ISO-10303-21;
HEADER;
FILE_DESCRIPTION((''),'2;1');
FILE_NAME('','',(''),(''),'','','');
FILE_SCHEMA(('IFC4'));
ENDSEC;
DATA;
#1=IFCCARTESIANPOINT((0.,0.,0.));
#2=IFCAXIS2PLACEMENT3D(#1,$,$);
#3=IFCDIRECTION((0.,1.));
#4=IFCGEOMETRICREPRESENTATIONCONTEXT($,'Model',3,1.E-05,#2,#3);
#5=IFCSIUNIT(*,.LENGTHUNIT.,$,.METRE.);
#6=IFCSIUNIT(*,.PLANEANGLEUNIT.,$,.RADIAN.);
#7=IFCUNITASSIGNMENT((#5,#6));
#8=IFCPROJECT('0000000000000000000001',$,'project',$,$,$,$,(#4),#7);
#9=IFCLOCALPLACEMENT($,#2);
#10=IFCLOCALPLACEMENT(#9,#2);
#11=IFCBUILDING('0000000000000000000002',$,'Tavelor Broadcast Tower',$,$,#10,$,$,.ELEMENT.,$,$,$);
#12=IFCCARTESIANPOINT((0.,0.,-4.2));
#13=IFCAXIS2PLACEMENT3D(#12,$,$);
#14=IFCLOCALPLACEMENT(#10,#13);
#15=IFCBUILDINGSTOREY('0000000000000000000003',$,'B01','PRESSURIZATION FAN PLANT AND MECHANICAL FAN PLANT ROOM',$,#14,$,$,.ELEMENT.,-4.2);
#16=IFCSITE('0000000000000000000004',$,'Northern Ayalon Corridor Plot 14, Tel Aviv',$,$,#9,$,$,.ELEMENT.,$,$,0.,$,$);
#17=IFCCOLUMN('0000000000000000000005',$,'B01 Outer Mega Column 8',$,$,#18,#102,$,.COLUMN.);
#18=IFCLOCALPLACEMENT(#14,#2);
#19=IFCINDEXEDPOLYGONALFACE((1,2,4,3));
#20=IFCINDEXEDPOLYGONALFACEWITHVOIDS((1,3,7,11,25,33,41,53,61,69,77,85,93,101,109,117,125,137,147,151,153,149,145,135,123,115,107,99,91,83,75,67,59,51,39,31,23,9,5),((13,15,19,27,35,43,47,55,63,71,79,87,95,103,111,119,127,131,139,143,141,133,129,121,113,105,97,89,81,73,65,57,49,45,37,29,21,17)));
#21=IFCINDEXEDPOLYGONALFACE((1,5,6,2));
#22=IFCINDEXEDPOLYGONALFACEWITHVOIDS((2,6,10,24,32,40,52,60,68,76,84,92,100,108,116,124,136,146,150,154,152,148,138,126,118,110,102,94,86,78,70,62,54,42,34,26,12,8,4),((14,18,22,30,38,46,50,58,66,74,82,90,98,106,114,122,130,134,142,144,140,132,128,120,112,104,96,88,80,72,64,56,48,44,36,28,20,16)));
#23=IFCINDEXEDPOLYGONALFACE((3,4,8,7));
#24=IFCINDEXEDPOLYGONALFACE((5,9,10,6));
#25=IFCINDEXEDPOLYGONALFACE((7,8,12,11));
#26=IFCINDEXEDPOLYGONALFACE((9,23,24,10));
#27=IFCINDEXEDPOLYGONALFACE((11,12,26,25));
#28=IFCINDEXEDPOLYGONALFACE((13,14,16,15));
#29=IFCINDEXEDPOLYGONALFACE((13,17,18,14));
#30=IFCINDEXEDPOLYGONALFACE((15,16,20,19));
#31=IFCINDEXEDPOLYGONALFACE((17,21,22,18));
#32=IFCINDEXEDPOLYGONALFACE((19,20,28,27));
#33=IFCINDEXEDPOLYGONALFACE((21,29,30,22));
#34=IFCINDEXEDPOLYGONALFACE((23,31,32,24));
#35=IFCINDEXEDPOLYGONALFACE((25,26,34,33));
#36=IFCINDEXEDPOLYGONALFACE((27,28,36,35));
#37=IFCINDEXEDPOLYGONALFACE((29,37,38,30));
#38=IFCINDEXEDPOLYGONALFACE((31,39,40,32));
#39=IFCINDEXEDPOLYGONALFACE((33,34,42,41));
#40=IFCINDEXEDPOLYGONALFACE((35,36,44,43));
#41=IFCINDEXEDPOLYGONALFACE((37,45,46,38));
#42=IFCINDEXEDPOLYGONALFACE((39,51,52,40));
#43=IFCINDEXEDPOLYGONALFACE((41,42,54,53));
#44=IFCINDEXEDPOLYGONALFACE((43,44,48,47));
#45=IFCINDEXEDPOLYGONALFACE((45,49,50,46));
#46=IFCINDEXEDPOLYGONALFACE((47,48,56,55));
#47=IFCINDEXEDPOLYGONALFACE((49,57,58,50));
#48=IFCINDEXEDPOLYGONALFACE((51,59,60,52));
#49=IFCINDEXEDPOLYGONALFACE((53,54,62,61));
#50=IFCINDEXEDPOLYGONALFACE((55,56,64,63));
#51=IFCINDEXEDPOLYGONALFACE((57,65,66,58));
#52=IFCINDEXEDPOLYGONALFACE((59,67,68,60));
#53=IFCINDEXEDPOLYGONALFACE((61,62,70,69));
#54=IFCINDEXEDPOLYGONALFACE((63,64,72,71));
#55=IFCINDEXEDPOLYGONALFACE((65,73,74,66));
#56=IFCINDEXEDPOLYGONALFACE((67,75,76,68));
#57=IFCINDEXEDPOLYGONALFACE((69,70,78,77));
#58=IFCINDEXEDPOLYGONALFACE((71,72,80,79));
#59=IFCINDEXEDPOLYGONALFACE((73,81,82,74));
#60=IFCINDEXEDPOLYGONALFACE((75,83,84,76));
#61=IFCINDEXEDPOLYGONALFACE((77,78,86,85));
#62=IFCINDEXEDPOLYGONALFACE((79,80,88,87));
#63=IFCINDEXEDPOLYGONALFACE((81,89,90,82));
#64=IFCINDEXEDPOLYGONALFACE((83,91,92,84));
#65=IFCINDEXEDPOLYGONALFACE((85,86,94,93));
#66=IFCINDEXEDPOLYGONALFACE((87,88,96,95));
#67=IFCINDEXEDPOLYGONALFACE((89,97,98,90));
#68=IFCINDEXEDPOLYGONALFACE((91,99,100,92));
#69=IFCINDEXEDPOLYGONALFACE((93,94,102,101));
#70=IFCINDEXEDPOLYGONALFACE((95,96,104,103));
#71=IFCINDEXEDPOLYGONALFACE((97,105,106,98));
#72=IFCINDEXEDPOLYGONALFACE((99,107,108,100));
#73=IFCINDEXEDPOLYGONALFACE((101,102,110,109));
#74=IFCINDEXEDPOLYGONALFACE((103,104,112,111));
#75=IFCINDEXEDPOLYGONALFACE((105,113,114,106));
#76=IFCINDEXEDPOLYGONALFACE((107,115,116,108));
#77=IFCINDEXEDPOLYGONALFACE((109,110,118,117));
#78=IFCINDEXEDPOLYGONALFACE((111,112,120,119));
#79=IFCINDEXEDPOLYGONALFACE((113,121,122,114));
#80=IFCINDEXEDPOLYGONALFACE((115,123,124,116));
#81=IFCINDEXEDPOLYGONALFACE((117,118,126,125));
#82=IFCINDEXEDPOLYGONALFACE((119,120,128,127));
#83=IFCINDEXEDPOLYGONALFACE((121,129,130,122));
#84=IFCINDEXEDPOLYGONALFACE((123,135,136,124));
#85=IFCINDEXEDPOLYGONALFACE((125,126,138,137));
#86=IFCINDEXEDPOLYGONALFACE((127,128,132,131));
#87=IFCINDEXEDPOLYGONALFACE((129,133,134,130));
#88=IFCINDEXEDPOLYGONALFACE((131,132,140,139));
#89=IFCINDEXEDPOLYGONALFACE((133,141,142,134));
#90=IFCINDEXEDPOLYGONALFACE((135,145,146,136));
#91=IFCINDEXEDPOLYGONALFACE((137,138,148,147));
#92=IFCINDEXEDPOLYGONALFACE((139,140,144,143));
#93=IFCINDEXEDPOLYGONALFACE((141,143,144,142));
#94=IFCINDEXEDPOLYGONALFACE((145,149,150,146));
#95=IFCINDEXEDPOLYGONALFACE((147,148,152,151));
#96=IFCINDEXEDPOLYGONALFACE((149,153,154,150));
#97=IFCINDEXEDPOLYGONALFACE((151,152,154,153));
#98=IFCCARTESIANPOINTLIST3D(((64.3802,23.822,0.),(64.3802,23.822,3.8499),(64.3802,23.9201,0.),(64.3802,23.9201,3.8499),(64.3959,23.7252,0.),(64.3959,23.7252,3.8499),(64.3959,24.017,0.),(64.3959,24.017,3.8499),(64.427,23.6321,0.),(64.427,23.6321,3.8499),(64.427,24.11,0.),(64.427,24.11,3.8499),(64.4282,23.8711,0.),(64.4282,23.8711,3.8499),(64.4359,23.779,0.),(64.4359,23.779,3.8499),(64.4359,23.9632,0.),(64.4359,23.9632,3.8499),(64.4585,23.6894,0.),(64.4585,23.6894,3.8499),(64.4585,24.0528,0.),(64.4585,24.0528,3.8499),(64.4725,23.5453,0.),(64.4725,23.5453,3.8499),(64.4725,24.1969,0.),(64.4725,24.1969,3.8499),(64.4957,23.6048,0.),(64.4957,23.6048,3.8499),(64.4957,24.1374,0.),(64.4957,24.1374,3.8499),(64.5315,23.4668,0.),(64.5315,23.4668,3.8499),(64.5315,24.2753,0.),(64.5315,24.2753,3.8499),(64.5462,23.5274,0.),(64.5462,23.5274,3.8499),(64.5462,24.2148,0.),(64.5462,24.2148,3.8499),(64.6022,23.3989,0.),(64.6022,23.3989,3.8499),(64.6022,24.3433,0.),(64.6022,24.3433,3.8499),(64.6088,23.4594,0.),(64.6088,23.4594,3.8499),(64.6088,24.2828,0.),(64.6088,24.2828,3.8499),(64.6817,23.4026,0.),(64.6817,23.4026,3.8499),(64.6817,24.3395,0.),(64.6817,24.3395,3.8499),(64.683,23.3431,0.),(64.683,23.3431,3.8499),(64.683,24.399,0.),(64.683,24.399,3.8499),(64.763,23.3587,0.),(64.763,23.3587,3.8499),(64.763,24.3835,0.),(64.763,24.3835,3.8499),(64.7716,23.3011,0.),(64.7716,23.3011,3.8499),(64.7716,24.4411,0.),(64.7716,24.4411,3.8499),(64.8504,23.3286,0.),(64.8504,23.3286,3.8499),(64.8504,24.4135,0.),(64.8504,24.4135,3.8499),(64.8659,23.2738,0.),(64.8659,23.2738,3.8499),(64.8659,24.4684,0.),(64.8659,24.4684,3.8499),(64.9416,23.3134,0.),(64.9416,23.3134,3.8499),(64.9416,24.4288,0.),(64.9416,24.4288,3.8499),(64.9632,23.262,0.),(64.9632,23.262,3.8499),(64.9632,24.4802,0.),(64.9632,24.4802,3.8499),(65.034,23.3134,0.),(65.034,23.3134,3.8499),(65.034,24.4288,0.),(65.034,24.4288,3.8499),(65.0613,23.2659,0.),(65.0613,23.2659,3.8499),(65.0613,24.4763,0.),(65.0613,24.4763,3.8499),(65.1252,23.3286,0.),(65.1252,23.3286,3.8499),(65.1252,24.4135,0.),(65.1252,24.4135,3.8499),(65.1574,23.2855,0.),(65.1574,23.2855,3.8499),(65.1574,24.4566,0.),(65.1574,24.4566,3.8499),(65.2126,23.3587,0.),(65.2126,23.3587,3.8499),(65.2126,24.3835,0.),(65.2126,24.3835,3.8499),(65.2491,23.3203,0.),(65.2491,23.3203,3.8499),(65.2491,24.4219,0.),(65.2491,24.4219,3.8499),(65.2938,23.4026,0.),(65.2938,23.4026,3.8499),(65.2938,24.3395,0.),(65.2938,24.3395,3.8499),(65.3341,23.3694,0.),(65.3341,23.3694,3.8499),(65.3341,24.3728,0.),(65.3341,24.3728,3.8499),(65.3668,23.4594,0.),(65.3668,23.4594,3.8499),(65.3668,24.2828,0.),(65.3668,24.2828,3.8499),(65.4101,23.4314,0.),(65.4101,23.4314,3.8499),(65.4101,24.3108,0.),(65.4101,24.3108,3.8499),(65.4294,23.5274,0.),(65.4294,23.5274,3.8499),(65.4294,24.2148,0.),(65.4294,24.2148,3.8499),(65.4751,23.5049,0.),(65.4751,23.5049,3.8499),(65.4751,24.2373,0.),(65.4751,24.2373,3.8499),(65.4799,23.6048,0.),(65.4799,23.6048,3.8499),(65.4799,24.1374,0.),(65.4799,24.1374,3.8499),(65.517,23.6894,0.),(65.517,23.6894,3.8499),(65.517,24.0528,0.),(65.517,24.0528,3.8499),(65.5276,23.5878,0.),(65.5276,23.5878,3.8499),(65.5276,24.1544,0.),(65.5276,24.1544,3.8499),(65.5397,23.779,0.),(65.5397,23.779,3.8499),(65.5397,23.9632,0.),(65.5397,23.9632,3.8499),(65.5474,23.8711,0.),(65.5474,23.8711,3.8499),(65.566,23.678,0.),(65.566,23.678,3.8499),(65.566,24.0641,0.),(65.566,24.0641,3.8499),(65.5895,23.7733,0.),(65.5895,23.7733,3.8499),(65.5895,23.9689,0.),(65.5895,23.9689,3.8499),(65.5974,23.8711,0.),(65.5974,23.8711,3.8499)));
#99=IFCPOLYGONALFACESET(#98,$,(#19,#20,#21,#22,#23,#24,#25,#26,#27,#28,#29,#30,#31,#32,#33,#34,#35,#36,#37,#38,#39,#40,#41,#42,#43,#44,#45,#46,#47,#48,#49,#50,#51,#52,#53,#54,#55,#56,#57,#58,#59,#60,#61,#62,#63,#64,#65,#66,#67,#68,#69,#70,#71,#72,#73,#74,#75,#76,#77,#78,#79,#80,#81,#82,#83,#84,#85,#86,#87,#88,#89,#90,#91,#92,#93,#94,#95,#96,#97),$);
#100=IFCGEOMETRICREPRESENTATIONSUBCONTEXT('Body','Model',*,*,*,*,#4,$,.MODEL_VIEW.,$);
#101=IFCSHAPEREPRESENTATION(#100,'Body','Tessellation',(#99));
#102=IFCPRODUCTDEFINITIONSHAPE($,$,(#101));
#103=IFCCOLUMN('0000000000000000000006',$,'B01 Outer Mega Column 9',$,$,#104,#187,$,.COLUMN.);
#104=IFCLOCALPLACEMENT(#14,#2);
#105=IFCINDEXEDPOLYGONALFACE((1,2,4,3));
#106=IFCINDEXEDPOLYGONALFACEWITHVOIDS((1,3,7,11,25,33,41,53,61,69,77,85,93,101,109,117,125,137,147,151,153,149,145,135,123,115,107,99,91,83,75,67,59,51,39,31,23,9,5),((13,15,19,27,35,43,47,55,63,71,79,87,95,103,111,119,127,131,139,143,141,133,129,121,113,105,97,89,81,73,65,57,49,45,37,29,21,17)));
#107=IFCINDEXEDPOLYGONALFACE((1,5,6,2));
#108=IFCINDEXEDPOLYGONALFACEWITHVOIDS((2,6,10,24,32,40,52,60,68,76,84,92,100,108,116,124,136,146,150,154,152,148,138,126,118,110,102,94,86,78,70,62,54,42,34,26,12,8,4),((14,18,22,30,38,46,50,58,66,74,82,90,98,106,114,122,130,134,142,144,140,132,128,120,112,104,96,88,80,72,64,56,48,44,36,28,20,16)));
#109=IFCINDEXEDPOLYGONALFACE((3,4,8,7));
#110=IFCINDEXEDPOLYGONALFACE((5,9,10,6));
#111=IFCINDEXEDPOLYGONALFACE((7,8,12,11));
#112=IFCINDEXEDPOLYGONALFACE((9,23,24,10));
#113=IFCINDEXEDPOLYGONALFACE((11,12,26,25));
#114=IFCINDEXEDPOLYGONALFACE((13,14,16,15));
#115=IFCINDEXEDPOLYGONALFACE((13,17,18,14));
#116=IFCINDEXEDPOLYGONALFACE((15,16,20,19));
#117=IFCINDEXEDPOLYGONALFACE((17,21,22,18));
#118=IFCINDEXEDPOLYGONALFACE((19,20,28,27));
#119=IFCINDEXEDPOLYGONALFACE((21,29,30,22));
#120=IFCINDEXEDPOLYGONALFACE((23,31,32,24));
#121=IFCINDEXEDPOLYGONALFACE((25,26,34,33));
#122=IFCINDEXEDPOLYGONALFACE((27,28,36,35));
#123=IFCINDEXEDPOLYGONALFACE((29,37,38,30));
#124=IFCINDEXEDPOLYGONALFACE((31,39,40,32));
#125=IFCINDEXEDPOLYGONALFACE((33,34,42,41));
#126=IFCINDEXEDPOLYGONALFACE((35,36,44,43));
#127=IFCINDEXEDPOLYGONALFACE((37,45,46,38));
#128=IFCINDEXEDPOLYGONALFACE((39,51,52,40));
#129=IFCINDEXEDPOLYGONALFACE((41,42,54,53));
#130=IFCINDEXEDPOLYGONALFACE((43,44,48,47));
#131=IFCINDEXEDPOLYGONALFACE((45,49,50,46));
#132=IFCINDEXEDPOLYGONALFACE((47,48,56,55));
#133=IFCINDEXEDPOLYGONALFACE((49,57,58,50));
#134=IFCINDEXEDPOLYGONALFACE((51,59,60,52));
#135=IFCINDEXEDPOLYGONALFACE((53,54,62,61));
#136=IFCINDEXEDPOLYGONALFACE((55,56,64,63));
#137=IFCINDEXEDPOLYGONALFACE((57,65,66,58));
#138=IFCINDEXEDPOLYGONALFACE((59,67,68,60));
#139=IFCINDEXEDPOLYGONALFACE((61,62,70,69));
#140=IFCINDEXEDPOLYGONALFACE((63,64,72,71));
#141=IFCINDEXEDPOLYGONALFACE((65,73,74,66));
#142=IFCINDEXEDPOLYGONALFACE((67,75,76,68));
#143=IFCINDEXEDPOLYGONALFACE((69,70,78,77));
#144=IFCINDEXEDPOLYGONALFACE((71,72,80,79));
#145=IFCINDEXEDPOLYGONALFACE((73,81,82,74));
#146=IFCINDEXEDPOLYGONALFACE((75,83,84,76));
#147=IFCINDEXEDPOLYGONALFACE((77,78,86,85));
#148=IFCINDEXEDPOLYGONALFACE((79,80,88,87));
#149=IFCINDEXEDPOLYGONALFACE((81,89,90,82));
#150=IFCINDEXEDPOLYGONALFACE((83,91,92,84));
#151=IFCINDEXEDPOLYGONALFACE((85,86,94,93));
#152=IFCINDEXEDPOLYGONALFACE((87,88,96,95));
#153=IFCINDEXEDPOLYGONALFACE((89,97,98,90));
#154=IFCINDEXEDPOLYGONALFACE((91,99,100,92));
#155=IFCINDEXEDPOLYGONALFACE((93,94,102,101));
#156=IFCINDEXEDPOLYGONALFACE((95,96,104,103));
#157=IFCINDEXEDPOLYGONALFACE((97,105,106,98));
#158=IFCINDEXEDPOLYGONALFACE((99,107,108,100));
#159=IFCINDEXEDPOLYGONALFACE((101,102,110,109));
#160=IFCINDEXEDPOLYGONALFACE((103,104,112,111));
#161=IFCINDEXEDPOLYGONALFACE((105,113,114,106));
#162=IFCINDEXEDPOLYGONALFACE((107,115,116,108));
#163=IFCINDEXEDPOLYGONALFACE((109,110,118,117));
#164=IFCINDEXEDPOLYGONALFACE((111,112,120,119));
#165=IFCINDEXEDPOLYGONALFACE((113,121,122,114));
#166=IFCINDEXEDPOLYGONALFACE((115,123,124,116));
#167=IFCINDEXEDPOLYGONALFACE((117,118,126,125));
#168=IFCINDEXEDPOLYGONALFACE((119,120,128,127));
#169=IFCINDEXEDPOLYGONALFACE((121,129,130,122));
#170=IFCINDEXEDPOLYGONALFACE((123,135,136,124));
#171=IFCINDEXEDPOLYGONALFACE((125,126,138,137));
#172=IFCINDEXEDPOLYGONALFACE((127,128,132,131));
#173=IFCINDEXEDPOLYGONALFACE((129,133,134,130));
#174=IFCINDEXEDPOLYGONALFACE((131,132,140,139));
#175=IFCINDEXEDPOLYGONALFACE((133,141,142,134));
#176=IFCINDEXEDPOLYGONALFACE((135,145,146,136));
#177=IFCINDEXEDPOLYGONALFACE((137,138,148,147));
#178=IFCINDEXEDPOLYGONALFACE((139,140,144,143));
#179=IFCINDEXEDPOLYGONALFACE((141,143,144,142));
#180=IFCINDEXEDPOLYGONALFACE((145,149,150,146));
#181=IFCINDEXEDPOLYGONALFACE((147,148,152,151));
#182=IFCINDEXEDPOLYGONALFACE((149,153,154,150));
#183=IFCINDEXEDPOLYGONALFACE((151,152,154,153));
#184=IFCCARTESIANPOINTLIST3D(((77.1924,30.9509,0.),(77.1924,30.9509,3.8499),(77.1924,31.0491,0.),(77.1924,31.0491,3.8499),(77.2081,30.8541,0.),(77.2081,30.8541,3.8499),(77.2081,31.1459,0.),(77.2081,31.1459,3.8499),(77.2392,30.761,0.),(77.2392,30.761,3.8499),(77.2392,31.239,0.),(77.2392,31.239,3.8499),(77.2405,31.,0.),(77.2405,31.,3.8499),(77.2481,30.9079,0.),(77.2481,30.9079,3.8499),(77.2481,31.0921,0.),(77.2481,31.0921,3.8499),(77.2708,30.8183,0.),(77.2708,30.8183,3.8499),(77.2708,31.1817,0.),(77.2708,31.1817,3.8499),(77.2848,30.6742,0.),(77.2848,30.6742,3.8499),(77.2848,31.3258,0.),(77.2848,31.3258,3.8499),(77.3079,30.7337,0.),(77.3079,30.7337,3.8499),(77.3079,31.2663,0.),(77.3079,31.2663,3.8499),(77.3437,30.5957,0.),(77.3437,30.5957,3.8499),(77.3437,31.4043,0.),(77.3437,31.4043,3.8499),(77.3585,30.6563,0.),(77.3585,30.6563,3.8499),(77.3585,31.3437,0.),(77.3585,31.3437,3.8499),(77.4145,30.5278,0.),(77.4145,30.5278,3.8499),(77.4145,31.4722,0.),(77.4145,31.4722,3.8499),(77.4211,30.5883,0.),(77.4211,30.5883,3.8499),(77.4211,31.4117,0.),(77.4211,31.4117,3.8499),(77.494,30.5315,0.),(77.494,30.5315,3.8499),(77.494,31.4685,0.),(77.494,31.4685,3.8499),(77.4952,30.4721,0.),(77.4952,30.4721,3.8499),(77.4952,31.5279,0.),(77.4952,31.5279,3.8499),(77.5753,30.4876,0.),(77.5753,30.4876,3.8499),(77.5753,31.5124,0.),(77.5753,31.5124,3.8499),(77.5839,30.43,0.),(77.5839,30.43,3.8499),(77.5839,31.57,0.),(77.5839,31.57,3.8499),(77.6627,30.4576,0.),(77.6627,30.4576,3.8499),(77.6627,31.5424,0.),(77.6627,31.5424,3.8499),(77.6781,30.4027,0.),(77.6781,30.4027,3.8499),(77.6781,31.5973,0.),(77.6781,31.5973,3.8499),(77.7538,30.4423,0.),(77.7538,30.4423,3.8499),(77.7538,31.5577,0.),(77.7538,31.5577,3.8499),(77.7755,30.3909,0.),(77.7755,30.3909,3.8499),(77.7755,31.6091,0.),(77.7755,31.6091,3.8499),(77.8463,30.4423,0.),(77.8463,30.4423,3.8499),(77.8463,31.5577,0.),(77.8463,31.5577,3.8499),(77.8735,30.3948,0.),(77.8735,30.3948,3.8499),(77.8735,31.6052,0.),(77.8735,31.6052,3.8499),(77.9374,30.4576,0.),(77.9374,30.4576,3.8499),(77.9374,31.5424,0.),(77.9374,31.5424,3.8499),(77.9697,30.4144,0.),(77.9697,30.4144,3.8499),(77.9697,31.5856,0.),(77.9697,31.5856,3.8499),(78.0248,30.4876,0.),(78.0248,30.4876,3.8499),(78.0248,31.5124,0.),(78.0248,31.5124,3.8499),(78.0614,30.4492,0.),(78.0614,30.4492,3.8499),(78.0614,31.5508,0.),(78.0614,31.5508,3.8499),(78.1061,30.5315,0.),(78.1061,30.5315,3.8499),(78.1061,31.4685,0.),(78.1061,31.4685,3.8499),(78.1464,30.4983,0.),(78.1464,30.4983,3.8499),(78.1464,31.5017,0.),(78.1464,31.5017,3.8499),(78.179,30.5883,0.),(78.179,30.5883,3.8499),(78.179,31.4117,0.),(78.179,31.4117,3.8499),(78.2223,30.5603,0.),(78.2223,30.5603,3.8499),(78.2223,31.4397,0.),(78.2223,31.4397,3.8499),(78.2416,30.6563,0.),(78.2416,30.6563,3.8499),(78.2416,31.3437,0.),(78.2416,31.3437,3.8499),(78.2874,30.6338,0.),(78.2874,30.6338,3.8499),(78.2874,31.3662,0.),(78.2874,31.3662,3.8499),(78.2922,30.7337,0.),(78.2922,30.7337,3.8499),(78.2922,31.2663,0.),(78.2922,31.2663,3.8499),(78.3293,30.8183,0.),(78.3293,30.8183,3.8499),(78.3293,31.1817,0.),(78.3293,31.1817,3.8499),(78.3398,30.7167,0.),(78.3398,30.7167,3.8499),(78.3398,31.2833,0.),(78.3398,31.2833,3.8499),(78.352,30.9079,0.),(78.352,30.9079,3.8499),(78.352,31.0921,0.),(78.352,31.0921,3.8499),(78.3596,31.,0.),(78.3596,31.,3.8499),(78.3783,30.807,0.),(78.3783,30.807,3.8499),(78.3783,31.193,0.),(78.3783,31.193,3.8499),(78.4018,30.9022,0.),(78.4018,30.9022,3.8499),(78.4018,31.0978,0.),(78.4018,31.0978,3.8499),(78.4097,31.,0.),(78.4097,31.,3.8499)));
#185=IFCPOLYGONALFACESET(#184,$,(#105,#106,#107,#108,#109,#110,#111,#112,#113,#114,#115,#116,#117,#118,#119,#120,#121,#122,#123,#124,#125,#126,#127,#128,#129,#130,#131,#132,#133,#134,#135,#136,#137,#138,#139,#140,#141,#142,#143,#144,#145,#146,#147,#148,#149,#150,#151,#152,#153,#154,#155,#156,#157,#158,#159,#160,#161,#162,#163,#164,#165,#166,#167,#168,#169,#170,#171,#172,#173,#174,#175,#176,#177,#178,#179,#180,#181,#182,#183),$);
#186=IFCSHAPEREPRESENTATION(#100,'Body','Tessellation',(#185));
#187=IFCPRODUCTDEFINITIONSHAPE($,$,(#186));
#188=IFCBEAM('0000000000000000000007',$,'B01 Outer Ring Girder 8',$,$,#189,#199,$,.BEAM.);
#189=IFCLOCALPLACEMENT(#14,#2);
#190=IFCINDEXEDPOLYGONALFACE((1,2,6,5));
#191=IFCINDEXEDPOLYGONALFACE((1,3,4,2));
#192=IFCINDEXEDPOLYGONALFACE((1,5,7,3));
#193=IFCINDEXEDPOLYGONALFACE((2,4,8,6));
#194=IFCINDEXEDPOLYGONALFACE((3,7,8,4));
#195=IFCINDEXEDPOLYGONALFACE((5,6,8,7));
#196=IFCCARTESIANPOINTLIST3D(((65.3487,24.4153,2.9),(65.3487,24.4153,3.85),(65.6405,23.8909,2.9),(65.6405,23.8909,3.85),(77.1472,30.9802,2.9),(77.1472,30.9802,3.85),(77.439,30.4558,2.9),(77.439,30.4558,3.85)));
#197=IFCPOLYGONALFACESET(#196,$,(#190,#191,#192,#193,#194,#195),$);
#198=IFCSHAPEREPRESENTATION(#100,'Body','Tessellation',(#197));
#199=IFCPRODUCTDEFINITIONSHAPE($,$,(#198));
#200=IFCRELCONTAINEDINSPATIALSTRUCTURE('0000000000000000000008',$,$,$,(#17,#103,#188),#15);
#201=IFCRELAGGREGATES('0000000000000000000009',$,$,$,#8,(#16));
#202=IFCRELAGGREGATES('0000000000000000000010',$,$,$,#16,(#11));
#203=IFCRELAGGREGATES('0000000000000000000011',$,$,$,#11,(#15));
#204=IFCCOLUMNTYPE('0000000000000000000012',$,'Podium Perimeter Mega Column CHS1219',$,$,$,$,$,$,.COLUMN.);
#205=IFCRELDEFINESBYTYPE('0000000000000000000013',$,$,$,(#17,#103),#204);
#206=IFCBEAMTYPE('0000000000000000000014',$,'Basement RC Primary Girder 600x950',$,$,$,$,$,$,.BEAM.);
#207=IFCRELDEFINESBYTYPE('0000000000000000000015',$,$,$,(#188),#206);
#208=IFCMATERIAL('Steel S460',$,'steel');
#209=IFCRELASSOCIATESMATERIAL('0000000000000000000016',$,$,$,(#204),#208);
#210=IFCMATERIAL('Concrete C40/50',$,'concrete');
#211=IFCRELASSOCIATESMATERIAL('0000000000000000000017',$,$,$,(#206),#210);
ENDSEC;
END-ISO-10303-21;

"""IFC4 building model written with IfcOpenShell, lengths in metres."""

from ifc_helpers import new_model, si_unit, direction, frame, origin, origin_2d, place, context, subcontext, project, spatial, rectangle, hollow_circle, extrude, material, material_profile, profile_set, type_object, element, save


model = new_model("IFC4")

# Units and contexts
model_context = context("Model", 3, precision=1e-05, world=origin(), true_north=direction((0.0, 1.0)))
body_context = subcontext(model_context, "Body", "Model", "MODEL_VIEW")
ifc_project = project(units=[si_unit("LENGTHUNIT", "METRE"), si_unit("PLANEANGLEUNIT", "RADIAN")], contexts=[model_context])

# Site, building, storey
site_placement = place(None, origin())
site = spatial("IfcSite", under=ifc_project, at=site_placement, Name="Northern Ayalon Corridor Plot 14, Tel Aviv", CompositionType="ELEMENT", RefElevation=0.0)
building_placement = place(site_placement, origin())
building = spatial("IfcBuilding", under=site, at=building_placement, Name="Tavelor Broadcast Tower", CompositionType="ELEMENT")
storey_placement = place(building_placement, frame((0.0, 0.0, -4.2)))
storey = spatial("IfcBuildingStorey", under=building, at=storey_placement, Name="B01", Description="PRESSURIZATION FAN PLANT AND MECHANICAL FAN PLANT ROOM", CompositionType="ELEMENT", Elevation=-4.2)

# Columns
ifc_material_1 = material(Name="Concrete C40/50", Category="concrete")
ifc_material_2 = material(Name="Steel S460", Category="steel")
ifc_material_profile_1 = material_profile(ifc_material_2, hollow_circle(Radius=0.6096, WallThickness=0.05, at=origin_2d()), Name="CHS 1219x50")
ifc_profile_set_1 = profile_set([ifc_material_profile_1], Name="Steel S460")
column_type_1 = type_object("IfcColumnType", Name="Podium Perimeter Mega Column CHS1219", PredefinedType="COLUMN", material=ifc_profile_set_1)
for number, where, z_axis, x_axis, name in (
    (1, (64.9878, 23.8711, 0.0), (0.0, 0.0, 1.0), (1.0, 0.0, 0.0), "B01 Outer Mega Column 8"),
    (2, (77.8, 31.0, 0.0), (0.0, 0.0, 1.0), (1.0, 0.0, 0.0), "B01 Outer Mega Column 9"),
):
    element("IfcColumn", number, at=place(storey_placement, frame(where, z_axis=z_axis, x_axis=x_axis)), inside=storey, type_object=column_type_1, Name=name, PredefinedType="COLUMN", context=body_context, shape_type="SweptSolid", body=[
        extrude(hollow_circle(Radius=0.6096, WallThickness=0.05, at=origin_2d()), origin(), (0.0, 0.0, 1.0), 3.8499),
    ])

# Beam
ifc_material_profile_2 = material_profile(ifc_material_1, rectangle(XDim=0.6001, YDim=0.95, at=origin_2d()), Name="RC 600x950")
ifc_profile_set_2 = profile_set([ifc_material_profile_2], Name="Concrete C40/50")
beam_type_1 = type_object("IfcBeamType", Name="Basement RC Primary Girder 600x950", PredefinedType="BEAM", material=ifc_profile_set_2)
beam_1_placement = place(storey_placement, frame((65.4946, 24.1531, 3.375), z_axis=(0.873837, 0.486219, 0.0), x_axis=(-0.486219, 0.873837, 0.0)))
element("IfcBeam", 3, at=beam_1_placement, inside=storey, type_object=beam_type_1, Name="B01 Outer Ring Girder 8", PredefinedType="BEAM", context=body_context, shape_type="SweptSolid", body=[
    extrude(rectangle(XDim=0.6001, YDim=0.95, at=origin_2d()), origin(), (0.0, 0.0, 1.0), 13.502),
])

save(model, "model.ifc")
